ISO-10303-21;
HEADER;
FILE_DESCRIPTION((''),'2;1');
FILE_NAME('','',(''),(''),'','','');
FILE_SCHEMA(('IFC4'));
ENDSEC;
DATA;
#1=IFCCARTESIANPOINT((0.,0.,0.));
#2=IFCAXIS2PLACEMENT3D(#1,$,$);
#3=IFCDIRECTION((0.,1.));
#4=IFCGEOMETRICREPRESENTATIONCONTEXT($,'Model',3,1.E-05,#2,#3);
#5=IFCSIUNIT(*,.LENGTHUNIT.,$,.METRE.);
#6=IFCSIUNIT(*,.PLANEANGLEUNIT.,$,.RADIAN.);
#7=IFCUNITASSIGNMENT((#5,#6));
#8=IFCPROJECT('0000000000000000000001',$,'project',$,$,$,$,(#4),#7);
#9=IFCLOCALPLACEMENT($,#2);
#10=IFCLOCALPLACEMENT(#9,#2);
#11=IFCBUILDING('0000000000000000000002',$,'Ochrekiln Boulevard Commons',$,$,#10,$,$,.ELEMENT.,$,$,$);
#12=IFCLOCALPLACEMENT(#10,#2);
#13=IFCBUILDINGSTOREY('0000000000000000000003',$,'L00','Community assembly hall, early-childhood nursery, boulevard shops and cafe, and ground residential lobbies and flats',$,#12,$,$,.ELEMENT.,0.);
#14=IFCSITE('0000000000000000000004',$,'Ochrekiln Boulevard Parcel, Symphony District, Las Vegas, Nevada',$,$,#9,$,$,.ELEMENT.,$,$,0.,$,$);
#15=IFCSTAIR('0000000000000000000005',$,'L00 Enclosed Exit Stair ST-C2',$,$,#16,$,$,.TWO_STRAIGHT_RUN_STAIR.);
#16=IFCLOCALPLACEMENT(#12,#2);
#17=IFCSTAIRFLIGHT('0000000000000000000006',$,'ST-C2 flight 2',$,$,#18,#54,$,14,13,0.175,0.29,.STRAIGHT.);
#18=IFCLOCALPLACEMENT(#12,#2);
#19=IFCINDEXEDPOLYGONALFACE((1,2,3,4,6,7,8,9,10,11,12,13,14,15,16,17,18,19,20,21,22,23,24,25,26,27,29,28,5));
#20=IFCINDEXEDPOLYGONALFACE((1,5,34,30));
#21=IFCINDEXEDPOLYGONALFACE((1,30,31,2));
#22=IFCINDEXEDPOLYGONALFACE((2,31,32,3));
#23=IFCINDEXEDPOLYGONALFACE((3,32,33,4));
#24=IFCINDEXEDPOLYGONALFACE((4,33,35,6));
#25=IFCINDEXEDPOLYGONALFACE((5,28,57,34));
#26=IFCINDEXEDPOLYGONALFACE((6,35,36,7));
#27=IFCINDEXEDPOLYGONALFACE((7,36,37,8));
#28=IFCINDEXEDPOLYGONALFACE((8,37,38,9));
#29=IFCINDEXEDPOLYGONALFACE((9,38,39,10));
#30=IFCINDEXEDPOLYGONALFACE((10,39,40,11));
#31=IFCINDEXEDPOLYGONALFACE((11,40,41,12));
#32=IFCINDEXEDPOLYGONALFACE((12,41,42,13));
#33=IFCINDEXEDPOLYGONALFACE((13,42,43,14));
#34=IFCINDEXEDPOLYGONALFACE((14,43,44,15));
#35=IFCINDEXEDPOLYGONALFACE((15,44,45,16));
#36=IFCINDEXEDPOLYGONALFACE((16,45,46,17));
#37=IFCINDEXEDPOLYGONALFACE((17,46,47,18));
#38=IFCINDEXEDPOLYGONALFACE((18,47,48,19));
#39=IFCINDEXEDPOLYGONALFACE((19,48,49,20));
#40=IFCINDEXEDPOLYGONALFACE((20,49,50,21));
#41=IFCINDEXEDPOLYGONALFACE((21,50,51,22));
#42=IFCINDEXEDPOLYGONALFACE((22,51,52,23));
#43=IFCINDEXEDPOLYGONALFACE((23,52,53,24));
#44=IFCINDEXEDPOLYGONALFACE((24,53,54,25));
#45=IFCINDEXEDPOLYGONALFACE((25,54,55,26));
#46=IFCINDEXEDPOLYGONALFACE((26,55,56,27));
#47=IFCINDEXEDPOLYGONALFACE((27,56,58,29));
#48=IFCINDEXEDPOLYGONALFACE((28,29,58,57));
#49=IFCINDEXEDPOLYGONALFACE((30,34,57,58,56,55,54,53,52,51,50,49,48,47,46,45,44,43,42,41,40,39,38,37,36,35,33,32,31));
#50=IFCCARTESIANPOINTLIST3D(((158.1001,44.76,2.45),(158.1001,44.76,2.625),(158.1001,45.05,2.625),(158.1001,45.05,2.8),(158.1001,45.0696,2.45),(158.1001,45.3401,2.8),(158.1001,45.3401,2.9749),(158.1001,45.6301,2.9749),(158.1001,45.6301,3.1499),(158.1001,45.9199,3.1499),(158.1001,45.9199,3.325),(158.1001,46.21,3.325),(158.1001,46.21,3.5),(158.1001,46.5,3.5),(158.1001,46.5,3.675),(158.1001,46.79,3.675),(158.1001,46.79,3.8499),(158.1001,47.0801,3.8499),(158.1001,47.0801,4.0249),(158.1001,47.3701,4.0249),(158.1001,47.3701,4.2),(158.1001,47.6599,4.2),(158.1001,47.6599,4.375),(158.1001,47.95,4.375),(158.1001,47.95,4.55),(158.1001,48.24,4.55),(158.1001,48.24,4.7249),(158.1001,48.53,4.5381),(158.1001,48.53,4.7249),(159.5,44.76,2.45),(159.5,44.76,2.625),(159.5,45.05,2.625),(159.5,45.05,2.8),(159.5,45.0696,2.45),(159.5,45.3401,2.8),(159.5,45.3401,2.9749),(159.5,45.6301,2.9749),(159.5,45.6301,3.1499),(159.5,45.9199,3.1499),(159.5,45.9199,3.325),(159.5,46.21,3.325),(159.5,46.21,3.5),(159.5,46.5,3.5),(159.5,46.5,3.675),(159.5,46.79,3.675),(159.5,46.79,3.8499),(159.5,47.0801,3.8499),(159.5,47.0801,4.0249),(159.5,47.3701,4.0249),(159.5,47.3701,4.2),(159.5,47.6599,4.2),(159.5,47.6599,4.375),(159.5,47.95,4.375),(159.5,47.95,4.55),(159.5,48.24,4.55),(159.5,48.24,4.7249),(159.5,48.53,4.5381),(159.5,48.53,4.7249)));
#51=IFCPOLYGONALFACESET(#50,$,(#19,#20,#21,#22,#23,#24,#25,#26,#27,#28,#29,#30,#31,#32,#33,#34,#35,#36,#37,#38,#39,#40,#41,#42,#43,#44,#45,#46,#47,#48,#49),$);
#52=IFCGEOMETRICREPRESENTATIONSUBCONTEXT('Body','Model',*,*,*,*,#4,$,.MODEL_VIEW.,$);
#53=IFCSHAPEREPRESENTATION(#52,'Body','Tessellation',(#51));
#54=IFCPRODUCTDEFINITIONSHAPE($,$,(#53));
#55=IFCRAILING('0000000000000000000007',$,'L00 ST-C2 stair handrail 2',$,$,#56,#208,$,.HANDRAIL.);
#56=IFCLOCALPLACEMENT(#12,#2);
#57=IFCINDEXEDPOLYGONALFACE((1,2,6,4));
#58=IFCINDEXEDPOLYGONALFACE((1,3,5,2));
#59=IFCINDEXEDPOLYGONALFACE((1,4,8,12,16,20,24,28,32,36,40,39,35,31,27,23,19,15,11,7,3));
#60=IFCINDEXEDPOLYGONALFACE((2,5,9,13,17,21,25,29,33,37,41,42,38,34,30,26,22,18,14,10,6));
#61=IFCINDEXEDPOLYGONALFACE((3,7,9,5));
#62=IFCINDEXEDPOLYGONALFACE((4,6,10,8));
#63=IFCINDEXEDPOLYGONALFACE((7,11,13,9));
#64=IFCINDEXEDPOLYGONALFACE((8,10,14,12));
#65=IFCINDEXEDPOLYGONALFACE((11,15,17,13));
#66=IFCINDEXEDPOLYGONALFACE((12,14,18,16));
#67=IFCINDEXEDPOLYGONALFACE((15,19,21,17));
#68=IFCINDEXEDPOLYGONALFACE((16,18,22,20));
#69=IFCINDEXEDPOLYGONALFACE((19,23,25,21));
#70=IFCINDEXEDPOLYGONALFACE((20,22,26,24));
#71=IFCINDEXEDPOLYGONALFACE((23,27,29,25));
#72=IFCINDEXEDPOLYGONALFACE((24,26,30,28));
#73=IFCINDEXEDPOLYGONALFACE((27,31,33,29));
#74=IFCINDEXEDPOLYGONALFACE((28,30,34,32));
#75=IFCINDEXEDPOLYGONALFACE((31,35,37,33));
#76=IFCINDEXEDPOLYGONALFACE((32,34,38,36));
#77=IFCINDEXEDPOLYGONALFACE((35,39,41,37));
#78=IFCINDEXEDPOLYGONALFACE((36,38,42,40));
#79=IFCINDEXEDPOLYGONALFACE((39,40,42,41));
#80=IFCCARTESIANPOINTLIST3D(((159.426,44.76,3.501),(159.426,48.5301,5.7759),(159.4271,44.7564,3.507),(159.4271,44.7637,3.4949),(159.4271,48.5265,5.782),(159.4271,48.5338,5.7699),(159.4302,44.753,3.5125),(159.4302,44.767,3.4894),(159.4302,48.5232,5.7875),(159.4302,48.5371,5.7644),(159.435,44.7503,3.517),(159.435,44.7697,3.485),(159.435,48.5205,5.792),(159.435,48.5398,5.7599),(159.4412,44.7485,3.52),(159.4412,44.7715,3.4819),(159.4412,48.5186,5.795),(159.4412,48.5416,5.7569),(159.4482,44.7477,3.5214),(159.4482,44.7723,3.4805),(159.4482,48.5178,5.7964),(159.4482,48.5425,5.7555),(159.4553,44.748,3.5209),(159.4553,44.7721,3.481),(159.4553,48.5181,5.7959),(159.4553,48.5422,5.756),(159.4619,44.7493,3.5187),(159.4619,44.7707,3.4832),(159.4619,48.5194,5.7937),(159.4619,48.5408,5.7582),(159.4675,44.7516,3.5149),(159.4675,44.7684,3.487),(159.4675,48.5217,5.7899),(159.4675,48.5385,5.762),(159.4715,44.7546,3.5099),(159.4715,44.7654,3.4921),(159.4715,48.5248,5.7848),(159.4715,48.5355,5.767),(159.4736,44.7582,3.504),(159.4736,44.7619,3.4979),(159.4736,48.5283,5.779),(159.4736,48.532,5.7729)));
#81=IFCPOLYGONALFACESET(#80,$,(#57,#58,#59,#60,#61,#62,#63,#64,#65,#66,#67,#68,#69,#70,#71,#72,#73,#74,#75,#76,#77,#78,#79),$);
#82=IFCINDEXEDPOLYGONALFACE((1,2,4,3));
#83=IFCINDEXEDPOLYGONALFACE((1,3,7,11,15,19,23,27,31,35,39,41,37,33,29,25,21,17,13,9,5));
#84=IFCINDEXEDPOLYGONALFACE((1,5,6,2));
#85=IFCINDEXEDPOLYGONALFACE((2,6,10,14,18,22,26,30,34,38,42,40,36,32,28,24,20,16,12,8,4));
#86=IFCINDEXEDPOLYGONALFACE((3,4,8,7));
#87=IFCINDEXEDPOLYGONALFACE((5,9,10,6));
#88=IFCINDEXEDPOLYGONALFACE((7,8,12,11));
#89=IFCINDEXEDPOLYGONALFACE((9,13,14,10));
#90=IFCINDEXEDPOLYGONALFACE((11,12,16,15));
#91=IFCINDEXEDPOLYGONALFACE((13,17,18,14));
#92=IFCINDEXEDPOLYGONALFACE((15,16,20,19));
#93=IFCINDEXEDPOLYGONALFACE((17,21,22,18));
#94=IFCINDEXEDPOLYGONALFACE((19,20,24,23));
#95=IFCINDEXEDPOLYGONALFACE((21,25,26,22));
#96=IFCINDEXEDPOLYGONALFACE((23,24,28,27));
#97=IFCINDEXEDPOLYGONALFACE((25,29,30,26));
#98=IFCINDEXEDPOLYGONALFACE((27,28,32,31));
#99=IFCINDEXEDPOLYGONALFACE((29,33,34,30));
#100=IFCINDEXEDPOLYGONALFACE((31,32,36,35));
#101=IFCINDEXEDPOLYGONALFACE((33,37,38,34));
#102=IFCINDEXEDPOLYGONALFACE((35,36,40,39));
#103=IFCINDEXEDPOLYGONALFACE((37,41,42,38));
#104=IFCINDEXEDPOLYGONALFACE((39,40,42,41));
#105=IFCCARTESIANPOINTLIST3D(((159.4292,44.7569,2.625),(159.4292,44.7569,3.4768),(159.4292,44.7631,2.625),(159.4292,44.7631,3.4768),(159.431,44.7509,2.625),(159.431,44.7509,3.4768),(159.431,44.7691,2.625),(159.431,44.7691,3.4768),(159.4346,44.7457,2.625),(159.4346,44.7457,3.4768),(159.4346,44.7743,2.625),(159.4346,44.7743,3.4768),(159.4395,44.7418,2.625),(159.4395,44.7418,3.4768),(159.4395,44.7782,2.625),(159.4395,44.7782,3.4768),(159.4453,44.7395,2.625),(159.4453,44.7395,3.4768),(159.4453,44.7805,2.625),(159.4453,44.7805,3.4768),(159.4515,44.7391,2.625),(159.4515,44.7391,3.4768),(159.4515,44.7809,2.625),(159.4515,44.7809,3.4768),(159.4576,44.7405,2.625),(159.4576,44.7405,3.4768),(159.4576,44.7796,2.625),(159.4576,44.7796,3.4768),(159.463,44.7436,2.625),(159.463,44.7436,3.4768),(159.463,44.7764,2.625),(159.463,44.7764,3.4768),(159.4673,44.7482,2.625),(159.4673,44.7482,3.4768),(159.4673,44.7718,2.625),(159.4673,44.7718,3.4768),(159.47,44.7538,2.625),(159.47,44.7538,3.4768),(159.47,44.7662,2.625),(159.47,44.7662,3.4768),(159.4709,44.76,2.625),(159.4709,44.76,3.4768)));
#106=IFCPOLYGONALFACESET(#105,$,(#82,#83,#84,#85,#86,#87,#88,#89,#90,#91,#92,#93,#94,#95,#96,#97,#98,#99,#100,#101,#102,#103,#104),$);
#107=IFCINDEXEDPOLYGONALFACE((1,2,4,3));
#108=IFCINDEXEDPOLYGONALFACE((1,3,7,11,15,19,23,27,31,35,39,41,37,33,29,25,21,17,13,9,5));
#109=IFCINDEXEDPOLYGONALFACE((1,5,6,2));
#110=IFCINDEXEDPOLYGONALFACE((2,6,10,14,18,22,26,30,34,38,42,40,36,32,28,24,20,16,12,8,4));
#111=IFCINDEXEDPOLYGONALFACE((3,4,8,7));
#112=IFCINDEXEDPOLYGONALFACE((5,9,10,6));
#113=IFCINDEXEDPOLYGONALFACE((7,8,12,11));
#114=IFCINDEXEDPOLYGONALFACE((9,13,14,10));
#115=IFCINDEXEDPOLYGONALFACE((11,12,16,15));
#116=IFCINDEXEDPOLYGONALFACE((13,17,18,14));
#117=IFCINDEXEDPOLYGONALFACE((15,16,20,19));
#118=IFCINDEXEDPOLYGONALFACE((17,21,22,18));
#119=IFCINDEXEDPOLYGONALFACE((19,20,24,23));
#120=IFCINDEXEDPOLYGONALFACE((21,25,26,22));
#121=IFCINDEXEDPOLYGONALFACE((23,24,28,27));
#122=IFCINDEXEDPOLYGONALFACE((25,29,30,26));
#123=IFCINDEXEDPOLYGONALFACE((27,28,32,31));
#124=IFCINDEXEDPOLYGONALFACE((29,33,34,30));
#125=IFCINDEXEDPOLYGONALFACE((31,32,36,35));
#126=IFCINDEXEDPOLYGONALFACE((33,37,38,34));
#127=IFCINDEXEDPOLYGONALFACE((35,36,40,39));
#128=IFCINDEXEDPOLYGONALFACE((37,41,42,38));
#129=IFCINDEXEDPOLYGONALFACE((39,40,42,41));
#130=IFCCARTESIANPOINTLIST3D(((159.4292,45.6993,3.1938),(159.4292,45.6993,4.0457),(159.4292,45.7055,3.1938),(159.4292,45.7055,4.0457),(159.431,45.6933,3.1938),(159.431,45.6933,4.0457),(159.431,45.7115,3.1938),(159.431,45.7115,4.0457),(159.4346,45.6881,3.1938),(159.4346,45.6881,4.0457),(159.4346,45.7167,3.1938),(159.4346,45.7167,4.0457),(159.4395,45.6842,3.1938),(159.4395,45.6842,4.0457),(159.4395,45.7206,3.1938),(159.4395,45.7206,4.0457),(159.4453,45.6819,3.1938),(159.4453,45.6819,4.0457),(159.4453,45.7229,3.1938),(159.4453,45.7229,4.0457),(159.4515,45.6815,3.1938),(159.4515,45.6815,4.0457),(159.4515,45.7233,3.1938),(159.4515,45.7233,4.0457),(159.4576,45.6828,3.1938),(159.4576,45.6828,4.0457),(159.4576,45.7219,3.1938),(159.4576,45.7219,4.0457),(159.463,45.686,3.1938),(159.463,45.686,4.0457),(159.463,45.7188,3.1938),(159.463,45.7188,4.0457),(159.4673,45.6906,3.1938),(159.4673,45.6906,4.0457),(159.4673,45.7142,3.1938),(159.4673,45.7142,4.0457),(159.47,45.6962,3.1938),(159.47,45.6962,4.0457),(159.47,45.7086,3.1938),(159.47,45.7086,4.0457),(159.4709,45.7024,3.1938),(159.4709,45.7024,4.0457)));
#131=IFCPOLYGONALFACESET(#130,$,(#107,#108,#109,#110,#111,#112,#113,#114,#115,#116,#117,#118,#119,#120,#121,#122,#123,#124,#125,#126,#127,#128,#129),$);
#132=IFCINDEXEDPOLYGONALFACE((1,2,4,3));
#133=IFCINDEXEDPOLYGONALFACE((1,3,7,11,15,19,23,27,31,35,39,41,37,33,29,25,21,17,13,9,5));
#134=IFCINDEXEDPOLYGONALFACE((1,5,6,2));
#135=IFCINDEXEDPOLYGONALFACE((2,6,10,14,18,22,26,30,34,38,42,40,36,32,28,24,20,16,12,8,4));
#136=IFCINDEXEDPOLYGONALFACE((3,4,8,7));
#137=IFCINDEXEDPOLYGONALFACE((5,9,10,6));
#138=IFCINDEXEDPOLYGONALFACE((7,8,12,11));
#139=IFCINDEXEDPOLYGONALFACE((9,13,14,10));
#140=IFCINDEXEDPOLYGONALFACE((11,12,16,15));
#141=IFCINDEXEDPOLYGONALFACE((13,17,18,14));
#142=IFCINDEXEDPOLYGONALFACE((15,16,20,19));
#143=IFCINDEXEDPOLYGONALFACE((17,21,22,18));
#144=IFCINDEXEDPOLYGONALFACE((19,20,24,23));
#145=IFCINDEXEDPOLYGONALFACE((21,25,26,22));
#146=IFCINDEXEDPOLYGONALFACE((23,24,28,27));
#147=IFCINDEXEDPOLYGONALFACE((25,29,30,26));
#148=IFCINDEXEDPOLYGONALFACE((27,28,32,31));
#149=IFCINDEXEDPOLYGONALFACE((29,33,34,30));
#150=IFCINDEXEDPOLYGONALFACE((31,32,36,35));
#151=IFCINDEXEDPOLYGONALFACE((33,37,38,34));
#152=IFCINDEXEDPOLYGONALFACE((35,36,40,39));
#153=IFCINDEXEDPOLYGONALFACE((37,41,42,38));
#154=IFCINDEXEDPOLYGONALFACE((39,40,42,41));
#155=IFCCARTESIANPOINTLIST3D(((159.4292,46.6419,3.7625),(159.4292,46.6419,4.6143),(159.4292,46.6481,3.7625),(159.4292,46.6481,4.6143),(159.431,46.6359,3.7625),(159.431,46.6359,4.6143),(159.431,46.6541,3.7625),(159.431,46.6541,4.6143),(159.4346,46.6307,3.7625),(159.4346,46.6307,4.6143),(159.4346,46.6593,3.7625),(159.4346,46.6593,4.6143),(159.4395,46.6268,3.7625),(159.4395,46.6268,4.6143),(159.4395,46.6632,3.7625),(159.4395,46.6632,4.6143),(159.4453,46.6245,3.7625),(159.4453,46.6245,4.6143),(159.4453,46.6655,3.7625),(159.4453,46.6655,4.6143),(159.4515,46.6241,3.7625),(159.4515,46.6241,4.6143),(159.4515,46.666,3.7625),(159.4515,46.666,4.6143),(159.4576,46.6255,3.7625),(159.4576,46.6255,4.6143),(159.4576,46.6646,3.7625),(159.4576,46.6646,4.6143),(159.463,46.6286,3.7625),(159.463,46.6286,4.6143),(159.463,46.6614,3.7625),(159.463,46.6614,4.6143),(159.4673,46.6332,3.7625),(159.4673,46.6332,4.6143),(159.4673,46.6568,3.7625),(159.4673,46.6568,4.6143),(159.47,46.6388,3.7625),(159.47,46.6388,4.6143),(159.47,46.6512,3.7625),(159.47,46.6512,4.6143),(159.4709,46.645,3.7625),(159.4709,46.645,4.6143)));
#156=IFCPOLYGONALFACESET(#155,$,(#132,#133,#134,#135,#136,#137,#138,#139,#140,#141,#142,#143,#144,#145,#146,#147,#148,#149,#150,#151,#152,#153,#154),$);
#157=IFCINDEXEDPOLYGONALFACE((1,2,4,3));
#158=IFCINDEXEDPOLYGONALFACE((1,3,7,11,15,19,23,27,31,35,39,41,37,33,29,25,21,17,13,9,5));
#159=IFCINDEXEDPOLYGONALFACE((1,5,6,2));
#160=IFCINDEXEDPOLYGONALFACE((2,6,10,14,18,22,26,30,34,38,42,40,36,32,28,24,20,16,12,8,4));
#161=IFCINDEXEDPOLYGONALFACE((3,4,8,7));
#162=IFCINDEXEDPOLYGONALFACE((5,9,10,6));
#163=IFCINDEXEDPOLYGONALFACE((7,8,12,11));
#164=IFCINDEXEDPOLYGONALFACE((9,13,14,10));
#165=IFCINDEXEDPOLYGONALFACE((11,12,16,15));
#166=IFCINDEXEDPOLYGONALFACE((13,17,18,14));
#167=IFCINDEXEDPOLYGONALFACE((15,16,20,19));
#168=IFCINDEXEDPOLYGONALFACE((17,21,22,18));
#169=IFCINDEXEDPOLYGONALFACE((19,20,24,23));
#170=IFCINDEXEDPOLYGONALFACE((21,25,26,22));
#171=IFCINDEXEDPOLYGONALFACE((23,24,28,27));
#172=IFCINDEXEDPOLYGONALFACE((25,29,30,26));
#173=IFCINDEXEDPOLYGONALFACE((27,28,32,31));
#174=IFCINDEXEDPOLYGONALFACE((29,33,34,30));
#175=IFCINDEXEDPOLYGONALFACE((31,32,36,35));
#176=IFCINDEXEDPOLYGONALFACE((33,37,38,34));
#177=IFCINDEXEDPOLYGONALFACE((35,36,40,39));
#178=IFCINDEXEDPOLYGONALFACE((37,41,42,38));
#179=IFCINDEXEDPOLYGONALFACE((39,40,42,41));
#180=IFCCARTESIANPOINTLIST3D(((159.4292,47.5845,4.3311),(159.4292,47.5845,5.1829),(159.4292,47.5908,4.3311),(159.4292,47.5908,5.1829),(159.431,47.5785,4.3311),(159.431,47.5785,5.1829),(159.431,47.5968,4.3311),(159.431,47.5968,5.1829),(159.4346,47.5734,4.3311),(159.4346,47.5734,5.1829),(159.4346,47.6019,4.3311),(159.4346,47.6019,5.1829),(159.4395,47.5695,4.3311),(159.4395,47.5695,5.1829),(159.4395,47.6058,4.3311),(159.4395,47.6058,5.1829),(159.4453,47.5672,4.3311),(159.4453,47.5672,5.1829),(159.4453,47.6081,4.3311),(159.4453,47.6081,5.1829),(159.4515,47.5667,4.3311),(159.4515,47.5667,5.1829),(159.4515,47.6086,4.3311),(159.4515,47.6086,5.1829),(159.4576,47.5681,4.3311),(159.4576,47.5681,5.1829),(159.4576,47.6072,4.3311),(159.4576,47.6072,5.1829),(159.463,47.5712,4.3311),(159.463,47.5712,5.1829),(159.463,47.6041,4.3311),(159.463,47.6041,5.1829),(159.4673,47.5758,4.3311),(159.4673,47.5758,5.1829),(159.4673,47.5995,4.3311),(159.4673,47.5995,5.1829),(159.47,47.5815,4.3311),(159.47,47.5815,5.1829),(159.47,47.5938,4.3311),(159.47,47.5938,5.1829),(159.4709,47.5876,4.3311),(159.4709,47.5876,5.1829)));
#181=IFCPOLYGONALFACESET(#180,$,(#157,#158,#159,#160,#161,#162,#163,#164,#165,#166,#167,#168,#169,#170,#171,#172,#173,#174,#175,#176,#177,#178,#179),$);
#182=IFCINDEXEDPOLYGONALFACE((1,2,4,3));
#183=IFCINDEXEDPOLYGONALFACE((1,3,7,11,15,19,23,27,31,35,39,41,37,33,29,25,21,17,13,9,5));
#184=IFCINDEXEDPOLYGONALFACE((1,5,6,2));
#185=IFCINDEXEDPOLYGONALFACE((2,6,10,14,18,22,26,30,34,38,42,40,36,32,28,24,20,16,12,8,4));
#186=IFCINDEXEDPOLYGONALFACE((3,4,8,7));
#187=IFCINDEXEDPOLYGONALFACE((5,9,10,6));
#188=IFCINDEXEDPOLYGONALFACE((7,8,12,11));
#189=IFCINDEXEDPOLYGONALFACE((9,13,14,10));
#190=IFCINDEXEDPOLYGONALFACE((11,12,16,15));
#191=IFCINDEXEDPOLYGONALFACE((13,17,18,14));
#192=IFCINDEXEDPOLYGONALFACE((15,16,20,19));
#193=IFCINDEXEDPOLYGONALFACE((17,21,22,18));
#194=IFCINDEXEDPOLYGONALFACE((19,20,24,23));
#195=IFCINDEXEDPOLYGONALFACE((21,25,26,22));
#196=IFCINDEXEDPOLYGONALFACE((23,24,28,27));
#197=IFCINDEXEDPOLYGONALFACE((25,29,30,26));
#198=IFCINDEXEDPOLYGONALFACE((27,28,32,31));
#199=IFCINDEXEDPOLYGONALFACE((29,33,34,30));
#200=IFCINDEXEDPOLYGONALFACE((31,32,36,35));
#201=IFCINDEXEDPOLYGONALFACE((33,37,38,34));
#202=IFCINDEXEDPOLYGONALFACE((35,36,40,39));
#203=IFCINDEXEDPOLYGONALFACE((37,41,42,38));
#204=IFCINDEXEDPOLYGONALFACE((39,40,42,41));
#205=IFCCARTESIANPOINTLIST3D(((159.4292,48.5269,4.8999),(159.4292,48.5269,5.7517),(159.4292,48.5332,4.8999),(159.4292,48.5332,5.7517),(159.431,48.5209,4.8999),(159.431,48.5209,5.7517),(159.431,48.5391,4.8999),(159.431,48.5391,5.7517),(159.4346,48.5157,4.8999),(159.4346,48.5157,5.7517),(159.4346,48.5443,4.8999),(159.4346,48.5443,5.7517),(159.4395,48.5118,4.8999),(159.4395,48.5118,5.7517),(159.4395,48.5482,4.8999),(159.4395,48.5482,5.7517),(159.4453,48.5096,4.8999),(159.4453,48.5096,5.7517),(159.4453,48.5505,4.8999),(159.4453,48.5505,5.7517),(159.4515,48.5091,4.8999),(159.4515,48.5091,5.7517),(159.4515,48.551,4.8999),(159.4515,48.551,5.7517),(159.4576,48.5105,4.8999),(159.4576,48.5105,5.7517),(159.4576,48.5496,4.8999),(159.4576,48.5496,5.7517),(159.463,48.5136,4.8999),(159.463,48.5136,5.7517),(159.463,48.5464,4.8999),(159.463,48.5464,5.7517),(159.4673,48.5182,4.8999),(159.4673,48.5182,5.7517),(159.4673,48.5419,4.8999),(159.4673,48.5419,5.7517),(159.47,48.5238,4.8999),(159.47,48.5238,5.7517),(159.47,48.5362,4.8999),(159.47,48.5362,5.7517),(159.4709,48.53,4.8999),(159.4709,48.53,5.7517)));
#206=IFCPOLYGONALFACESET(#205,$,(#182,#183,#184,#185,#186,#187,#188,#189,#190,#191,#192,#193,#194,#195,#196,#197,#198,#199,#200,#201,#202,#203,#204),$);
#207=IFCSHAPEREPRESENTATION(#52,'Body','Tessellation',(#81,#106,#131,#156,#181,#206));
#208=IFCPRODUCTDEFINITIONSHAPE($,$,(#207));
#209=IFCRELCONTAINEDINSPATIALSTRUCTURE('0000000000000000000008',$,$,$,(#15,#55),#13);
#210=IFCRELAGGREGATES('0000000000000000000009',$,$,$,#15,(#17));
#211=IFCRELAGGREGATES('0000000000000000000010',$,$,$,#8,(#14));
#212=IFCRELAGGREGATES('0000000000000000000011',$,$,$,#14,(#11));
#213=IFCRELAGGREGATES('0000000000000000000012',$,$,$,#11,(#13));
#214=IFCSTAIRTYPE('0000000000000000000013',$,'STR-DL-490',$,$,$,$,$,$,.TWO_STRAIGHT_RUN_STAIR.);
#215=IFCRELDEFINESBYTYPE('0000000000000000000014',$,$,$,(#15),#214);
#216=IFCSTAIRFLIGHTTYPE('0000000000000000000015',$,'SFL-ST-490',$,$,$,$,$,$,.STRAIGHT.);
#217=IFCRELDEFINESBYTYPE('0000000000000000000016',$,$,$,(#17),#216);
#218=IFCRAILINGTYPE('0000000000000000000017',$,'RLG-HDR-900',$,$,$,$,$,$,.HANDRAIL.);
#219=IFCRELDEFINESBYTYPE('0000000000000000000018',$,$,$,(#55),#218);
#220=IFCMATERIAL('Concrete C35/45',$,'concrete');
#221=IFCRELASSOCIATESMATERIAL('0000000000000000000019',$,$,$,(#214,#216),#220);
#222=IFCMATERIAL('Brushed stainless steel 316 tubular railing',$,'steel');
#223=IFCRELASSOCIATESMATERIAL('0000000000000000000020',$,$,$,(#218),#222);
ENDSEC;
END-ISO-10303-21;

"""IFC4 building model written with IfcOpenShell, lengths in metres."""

from ifc_helpers import new_model, si_unit, direction, frame, origin, origin_2d, place, context, subcontext, project, spatial, polyline, circle, outline, extrude, material, type_object, element, aggregate, save


model = new_model("IFC4")

# Units and contexts
model_context = context("Model", 3, precision=1e-05, world=origin(), true_north=direction((0.0, 1.0)))
body_context = subcontext(model_context, "Body", "Model", "MODEL_VIEW")
ifc_project = project(units=[si_unit("LENGTHUNIT", "METRE"), si_unit("PLANEANGLEUNIT", "RADIAN")], contexts=[model_context])

# Site, building, storey
site_placement = place(None, origin())
site = spatial("IfcSite", under=ifc_project, at=site_placement, Name="Ochrekiln Boulevard Parcel, Symphony District, Las Vegas, Nevada", CompositionType="ELEMENT", RefElevation=0.0)
building_placement = place(site_placement, origin())
building = spatial("IfcBuilding", under=site, at=building_placement, Name="Ochrekiln Boulevard Commons", CompositionType="ELEMENT")
storey_placement = place(building_placement, origin())
storey = spatial("IfcBuildingStorey", under=building, at=storey_placement, Name="L00", Description="Community assembly hall, early-childhood nursery, boulevard shops and cafe, and ground residential lobbies and flats", CompositionType="ELEMENT", Elevation=0.0)

# Shared definitions
ifc_material_1 = material(Name="Concrete C35/45", Category="concrete")

# Stair, stair flight
stair_type = type_object("IfcStairType", Name="STR-DL-490", PredefinedType="TWO_STRAIGHT_RUN_STAIR", material=ifc_material_1)
stair_placement = place(storey_placement, origin())
stair = element("IfcStair", 1, at=stair_placement, inside=storey, type_object=stair_type, Name="L00 Enclosed Exit Stair ST-C2", PredefinedType="TWO_STRAIGHT_RUN_STAIR")
stair_flight_type = type_object("IfcStairFlightType", Name="SFL-ST-490", PredefinedType="STRAIGHT", material=ifc_material_1)
stair_flight_placement = place(storey_placement, frame((158.8, 44.76, 2.45), z_axis=(0.0, 0.0, 1.0), x_axis=(0.0, 1.0, 0.0)))
stair_flight = element("IfcStairFlight", 2, at=stair_flight_placement, type_object=stair_flight_type, Name="ST-C2 flight 2", NumberOfRisers=14, NumberOfTreads=13, PredefinedType="STRAIGHT", RiserHeight=0.175, TreadLength=0.29, context=body_context, shape_type="SweptSolid", body=[
    extrude(outline(polyline([(0.0, 0.0), (0.0, 0.175), (0.29, 0.175), (0.29, 0.3501), (0.5801, 0.3501), (0.5801, 0.5249), (0.8701, 0.5249), (0.8701, 0.7), (1.1599, 0.7), (1.1599, 0.875), (1.45, 0.875), (1.45, 1.05), (1.74, 1.05), (1.74, 1.2251), (2.03, 1.2251), (2.03, 1.3999), (2.3201, 1.3999), (2.3201, 1.575), (2.6101, 1.575), (2.6101, 1.75), (2.8999, 1.75), (2.8999, 1.925), (3.1899, 1.925), (3.1899, 2.1001), (3.48, 2.1001), (3.48, 2.2749), (3.77, 2.2749), (3.77, 2.45), (3.77, 2.0881), (0.3096, 0.0), (0.0, 0.0)])), frame((0.0, 0.7, 0.0), z_axis=(0.0, -1.0, 0.0), x_axis=(1.0, 0.0, 0.0)), (0.0, 0.0, 1.0), 1.3999),
])
aggregate(stair, [stair_flight])

# Railing
ifc_material_2 = material(Name="Brushed stainless steel 316 tubular railing", Category="steel")
railing_type_1 = type_object("IfcRailingType", Name="RLG-HDR-900", PredefinedType="HANDRAIL", material=ifc_material_2)
railing_1_placement = place(storey_placement, frame((159.45, 44.76, 2.625)))
element("IfcRailing", 3, at=railing_1_placement, inside=storey, type_object=railing_type_1, Name="L00 ST-C2 stair handrail 2", PredefinedType="HANDRAIL", context=body_context, shape_type="SweptSolid", body=[
    extrude(circle(Radius=0.0239, at=origin_2d()), frame((0.0, 0.0, 0.876), z_axis=(0.0, 0.856199, 0.516647), x_axis=(-1.0, 0.0, 0.0)), (0.0, 0.0, 1.0), 4.4033),
    extrude(circle(Radius=0.021, at=origin_2d()), origin(), (0.0, 0.0, 1.0), 0.8518),
    extrude(circle(Radius=0.021, at=origin_2d()), frame((0.0, 0.9424, 0.5688)), (0.0, 0.0, 1.0), 0.8518),
    extrude(circle(Radius=0.021, at=origin_2d()), frame((0.0, 1.885, 1.1375)), (0.0, 0.0, 1.0), 0.8518),
    extrude(circle(Radius=0.021, at=origin_2d()), frame((0.0, 2.8276, 1.7061)), (0.0, 0.0, 1.0), 0.8518),
    extrude(circle(Radius=0.021, at=origin_2d()), frame((0.0, 3.77, 2.2749)), (0.0, 0.0, 1.0), 0.8518),
])

save(model, "model.ifc")
